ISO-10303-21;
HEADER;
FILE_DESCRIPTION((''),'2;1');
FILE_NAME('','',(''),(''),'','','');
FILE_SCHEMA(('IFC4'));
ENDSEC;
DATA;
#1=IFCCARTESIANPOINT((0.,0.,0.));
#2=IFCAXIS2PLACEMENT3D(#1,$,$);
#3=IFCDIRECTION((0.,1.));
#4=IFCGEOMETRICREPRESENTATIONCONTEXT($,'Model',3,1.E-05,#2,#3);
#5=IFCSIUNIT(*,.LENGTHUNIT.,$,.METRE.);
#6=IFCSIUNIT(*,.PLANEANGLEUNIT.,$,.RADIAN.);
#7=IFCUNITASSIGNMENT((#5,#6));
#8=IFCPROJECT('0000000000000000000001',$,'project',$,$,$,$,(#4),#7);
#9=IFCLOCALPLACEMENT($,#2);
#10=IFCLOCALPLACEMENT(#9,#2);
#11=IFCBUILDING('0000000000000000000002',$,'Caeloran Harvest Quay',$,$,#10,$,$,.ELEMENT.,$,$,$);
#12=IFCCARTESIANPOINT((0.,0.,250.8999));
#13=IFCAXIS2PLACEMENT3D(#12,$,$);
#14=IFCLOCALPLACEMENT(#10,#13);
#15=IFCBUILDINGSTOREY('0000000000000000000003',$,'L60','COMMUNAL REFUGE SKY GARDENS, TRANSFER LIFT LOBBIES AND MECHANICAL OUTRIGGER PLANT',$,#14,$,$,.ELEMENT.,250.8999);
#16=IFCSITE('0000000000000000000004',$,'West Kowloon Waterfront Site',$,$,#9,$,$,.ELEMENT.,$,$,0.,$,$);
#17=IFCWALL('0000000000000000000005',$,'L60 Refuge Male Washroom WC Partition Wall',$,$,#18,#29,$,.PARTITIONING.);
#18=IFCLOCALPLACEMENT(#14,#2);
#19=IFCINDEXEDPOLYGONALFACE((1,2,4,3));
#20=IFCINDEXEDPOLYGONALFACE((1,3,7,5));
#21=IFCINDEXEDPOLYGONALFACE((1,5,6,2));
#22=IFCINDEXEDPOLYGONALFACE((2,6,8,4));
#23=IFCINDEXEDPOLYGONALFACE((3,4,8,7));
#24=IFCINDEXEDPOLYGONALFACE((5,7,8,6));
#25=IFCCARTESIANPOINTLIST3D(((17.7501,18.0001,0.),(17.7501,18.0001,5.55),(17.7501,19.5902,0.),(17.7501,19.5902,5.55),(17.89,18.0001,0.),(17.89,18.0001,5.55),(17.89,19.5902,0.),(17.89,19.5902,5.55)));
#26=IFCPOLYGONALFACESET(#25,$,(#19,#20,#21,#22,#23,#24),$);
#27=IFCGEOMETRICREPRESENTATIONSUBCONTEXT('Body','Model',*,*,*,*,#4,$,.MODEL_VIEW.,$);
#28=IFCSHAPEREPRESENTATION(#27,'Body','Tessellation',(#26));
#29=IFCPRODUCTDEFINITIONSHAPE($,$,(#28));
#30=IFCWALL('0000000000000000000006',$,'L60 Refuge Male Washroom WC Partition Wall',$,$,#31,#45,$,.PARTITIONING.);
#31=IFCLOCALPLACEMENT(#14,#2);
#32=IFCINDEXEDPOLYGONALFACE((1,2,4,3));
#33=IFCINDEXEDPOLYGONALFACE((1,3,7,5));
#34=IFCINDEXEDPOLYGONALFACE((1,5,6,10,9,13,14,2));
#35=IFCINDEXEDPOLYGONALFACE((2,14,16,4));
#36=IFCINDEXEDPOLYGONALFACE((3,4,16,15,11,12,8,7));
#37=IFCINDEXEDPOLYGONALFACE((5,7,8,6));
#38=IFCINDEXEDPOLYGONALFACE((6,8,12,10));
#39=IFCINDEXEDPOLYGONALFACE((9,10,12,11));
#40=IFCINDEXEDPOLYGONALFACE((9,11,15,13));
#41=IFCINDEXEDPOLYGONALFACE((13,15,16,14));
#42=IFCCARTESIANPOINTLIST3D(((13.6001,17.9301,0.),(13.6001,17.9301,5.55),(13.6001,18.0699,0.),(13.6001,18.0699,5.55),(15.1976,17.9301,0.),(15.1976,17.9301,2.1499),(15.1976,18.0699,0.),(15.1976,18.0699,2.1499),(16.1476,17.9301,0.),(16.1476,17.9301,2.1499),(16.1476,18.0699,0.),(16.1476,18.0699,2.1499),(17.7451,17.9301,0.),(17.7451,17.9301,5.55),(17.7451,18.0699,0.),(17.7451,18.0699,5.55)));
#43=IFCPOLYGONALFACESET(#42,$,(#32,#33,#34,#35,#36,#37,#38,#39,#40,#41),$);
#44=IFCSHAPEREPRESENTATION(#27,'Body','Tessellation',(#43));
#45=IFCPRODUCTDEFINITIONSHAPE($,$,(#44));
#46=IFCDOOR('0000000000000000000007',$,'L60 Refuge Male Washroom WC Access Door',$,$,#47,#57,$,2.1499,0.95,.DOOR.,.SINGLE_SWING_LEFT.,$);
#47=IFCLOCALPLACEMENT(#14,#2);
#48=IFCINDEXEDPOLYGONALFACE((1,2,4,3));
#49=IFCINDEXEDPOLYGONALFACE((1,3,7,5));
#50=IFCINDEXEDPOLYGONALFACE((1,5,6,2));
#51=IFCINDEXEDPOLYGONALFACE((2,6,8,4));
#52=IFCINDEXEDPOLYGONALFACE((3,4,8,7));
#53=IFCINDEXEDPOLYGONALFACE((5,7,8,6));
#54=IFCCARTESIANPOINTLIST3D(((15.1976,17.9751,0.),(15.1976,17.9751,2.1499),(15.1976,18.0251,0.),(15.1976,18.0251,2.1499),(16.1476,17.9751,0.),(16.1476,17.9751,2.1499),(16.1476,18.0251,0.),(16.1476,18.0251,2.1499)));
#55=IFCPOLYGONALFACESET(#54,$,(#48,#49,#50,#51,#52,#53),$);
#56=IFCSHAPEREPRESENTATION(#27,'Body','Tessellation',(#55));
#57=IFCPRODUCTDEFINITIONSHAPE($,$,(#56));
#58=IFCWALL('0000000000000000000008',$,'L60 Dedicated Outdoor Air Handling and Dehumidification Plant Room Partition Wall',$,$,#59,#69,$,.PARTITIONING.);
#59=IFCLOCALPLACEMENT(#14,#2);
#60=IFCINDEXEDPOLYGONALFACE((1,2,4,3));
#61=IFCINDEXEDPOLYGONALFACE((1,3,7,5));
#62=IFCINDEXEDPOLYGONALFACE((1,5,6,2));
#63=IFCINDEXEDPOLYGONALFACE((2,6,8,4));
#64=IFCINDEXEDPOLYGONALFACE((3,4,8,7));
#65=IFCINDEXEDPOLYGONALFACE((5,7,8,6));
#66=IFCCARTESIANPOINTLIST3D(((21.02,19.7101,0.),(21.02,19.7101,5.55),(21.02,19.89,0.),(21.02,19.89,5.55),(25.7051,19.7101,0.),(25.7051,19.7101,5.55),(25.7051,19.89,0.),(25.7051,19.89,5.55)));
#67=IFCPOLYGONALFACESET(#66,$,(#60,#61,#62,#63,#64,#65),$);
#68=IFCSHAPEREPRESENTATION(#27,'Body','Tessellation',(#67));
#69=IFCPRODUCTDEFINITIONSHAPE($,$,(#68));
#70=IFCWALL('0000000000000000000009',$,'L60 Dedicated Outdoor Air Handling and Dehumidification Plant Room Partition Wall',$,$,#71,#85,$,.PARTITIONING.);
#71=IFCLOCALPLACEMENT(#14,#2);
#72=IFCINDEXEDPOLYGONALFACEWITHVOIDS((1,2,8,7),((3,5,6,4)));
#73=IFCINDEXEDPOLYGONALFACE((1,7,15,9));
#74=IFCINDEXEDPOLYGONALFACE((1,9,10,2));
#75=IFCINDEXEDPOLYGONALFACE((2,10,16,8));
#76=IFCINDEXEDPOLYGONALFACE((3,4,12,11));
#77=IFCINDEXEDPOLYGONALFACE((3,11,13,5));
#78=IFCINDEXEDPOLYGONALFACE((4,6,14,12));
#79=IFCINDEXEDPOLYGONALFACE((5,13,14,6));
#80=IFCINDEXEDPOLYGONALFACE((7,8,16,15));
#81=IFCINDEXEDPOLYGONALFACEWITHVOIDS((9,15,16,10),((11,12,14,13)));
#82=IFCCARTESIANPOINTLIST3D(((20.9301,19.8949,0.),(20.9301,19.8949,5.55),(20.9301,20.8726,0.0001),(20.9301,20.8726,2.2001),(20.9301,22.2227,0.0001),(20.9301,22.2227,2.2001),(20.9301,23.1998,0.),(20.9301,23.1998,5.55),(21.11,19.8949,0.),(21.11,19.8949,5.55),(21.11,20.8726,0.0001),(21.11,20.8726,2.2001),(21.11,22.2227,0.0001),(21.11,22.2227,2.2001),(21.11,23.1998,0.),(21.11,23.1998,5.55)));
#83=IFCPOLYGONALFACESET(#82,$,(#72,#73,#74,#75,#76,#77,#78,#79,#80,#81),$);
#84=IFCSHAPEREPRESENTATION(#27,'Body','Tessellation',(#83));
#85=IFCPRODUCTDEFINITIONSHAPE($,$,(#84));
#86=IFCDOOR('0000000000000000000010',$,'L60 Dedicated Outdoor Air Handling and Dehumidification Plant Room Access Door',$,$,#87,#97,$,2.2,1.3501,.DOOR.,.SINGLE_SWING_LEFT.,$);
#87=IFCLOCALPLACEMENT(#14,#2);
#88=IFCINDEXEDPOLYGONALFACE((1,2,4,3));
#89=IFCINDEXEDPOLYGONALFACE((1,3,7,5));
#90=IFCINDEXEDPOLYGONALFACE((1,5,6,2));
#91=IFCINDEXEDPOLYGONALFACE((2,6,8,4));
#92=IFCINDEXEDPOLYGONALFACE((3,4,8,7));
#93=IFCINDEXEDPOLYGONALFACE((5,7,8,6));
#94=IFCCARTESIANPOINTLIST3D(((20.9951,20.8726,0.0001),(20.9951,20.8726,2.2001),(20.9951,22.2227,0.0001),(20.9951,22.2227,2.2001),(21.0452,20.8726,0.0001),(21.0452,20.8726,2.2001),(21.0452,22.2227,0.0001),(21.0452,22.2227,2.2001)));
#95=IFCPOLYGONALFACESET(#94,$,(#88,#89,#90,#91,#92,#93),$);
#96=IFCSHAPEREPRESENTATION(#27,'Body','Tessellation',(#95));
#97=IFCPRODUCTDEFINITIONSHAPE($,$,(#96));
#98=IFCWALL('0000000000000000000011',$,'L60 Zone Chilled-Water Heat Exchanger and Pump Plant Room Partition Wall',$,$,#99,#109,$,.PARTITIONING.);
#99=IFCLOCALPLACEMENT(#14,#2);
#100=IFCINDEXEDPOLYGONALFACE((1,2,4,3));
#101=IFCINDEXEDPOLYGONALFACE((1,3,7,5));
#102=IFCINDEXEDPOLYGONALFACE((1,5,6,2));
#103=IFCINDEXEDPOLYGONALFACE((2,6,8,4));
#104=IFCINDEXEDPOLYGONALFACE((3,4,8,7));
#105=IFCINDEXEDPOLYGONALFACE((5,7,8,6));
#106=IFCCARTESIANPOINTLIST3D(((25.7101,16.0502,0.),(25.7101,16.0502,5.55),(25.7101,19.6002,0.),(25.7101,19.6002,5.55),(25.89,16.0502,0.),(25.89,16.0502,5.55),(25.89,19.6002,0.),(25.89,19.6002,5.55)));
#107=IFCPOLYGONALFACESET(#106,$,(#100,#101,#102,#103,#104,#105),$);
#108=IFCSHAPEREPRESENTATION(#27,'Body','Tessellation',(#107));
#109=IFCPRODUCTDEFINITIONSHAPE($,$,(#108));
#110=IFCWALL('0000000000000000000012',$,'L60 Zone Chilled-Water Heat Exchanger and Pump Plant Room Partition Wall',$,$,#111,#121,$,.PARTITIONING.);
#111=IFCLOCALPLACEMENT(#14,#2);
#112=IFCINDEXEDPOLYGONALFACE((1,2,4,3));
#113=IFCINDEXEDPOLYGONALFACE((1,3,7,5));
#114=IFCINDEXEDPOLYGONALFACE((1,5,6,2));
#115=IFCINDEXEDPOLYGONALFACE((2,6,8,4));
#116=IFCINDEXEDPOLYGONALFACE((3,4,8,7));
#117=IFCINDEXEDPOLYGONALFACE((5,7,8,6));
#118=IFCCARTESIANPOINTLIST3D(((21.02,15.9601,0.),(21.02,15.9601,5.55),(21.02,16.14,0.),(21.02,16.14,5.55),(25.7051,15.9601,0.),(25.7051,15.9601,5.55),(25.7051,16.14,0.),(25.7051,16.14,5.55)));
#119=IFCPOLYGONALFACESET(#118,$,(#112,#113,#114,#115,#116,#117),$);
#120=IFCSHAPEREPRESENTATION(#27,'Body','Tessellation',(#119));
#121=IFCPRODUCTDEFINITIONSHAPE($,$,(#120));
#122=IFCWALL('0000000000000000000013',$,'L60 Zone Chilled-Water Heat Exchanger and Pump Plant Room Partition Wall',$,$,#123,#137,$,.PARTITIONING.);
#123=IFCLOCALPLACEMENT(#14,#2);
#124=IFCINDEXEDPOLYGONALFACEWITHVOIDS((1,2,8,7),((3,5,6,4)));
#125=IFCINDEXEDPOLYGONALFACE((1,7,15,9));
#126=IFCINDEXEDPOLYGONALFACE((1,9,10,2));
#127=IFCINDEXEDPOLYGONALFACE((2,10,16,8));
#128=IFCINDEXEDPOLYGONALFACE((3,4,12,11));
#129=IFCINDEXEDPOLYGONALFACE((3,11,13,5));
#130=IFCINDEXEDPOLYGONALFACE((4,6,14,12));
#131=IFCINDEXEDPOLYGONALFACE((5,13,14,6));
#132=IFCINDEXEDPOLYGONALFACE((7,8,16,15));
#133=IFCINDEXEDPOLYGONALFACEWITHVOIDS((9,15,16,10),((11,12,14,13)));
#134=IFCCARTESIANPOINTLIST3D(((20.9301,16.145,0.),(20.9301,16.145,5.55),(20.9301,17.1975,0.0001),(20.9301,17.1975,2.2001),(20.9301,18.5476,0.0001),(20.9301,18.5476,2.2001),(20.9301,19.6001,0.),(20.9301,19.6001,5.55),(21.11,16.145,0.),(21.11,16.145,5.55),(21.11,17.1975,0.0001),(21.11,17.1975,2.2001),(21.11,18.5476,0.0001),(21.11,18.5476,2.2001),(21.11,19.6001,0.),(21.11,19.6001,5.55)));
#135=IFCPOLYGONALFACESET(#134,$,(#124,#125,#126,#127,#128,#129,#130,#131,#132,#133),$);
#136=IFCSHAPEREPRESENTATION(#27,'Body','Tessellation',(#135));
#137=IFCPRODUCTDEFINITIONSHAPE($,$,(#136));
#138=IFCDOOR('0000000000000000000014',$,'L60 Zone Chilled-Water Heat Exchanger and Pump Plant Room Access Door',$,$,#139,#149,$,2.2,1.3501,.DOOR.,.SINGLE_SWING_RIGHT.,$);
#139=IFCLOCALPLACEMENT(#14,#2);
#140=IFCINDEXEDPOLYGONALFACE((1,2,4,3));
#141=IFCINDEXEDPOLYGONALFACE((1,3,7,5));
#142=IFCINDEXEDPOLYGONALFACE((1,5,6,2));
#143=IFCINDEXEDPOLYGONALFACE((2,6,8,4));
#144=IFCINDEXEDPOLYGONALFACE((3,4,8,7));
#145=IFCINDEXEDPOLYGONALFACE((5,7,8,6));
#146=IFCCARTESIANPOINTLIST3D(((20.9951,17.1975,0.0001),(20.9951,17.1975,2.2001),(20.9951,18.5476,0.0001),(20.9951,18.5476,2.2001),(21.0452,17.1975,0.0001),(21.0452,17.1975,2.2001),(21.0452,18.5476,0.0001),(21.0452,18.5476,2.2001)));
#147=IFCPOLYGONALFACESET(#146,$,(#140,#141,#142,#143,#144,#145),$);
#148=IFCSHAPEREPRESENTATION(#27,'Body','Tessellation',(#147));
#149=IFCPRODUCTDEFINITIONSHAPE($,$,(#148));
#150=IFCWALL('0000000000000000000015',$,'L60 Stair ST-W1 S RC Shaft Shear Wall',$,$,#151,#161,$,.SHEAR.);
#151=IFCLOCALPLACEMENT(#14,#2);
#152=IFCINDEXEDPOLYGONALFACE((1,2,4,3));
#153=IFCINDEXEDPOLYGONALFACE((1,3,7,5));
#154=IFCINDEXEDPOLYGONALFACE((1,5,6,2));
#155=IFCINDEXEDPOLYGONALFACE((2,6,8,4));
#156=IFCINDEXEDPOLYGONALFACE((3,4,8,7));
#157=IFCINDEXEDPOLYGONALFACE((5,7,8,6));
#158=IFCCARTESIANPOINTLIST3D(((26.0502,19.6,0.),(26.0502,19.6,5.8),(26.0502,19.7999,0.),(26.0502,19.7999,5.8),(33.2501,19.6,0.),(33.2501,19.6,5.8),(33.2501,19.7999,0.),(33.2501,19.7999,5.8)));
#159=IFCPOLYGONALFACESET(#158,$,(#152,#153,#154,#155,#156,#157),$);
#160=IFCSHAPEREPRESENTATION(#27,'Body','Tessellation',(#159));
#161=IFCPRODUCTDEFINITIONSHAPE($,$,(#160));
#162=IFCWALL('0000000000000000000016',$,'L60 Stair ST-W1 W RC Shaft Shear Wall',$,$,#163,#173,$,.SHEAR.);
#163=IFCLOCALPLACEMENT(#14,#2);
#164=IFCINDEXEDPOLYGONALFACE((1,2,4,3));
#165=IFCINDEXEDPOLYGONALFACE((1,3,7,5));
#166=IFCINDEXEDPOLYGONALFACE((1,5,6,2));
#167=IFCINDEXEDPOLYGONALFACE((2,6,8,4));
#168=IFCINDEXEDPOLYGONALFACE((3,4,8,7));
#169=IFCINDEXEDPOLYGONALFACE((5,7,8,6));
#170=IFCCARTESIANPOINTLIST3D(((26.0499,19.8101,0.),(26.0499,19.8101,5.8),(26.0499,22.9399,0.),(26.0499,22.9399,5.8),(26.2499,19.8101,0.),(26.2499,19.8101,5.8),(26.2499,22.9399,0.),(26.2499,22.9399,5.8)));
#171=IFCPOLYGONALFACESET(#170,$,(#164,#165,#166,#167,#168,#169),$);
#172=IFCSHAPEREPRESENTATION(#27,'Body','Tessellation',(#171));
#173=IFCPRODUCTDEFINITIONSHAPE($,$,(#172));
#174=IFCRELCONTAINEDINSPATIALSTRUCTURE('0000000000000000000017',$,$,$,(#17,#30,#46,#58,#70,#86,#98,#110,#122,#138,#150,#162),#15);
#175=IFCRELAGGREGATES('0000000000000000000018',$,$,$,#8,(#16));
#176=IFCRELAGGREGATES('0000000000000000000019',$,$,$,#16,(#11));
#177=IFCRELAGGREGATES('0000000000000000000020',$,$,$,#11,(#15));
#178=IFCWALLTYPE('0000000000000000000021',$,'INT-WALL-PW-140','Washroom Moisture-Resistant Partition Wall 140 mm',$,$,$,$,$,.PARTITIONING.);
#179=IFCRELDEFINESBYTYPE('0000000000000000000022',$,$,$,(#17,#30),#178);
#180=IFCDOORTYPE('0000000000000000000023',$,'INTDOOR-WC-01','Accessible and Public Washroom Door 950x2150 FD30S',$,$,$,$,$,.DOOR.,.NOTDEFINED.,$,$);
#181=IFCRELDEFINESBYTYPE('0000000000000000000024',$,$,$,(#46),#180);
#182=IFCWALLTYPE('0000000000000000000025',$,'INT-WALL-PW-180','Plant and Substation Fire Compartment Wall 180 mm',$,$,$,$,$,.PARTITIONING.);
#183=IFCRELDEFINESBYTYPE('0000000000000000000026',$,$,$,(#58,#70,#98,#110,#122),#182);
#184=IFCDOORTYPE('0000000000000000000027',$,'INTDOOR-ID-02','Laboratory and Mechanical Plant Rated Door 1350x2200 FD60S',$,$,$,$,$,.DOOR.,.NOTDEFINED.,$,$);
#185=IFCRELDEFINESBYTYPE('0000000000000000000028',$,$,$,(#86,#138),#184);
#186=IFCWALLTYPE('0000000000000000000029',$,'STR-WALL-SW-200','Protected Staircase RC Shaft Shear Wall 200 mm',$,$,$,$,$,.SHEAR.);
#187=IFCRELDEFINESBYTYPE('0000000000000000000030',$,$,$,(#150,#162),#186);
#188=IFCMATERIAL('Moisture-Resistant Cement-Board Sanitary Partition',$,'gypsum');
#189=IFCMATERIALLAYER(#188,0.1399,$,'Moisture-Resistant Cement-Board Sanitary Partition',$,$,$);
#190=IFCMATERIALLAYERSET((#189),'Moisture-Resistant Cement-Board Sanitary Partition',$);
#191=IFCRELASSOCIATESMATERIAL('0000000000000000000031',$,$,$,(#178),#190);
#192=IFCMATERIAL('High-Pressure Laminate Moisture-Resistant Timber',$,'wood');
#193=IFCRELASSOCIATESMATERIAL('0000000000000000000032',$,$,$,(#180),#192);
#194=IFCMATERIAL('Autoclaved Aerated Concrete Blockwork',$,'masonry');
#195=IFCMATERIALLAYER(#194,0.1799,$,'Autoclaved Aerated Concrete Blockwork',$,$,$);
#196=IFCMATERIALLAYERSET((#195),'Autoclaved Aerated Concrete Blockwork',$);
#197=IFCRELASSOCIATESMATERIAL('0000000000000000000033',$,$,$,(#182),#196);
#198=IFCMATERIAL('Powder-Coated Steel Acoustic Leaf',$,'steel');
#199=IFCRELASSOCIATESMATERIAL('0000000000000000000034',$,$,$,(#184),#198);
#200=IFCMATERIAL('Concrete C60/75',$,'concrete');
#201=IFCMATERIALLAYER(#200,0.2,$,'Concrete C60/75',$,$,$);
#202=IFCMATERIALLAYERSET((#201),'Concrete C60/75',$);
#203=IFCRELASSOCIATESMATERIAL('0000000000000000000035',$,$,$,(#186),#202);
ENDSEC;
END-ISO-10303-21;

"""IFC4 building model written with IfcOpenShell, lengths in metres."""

from ifc_helpers import new_model, si_unit, direction, frame, frame_2d, origin, place, context, subcontext, project, spatial, rectangle, extrude, material, layer, layer_set, type_object, element, fill, save


model = new_model("IFC4")

# Units and contexts
model_context = context("Model", 3, precision=1e-05, world=origin(), true_north=direction((0.0, 1.0)))
body_context = subcontext(model_context, "Body", "Model", "MODEL_VIEW")
ifc_project = project(units=[si_unit("LENGTHUNIT", "METRE"), si_unit("PLANEANGLEUNIT", "RADIAN")], contexts=[model_context])

# Site, building, storey
site_placement = place(None, origin())
site = spatial("IfcSite", under=ifc_project, at=site_placement, Name="West Kowloon Waterfront Site", CompositionType="ELEMENT", RefElevation=0.0)
building_placement = place(site_placement, origin())
building = spatial("IfcBuilding", under=site, at=building_placement, Name="Caeloran Harvest Quay", CompositionType="ELEMENT")
storey_placement = place(building_placement, frame((0.0, 0.0, 250.8999)))
storey = spatial("IfcBuildingStorey", under=building, at=storey_placement, Name="L60", Description="COMMUNAL REFUGE SKY GARDENS, TRANSFER LIFT LOBBIES AND MECHANICAL OUTRIGGER PLANT", CompositionType="ELEMENT", Elevation=250.8999)

# Wall
ifc_material_1 = material(Name="Moisture-Resistant Cement-Board Sanitary Partition", Category="gypsum")
ifc_layer_1 = layer(ifc_material_1, 0.1399, Name="Moisture-Resistant Cement-Board Sanitary Partition")
ifc_layer_set_1 = layer_set([ifc_layer_1], Name="Moisture-Resistant Cement-Board Sanitary Partition")
wall_type_1 = type_object("IfcWallType", Name="INT-WALL-PW-140", Description="Washroom Moisture-Resistant Partition Wall 140 mm", PredefinedType="PARTITIONING", material=ifc_layer_set_1)
wall_1_placement = place(storey_placement, frame((17.8201, 19.5901, 0.0), z_axis=(0.0, 0.0, 1.0), x_axis=(0.0, -1.0, 0.0)))
element("IfcWall", 1, at=wall_1_placement, inside=storey, type_object=wall_type_1, Name="L60 Refuge Male Washroom WC Partition Wall", PredefinedType="PARTITIONING", context=body_context, shape_type="SweptSolid", body=[
    extrude(rectangle(XDim=1.5901, YDim=0.1399, at=frame_2d((0.7949, 0.0))), origin(), (0.0, 0.0, 1.0), 5.55),
])

# Wall, opening, door
wall_2_placement = place(storey_placement, frame((17.7451, 18.0, 0.0), z_axis=(0.0, 0.0, 1.0), x_axis=(-1.0, 0.0, 0.0)))
wall_2 = element("IfcWall", 2, at=wall_2_placement, inside=storey, type_object=wall_type_1, Name="L60 Refuge Male Washroom WC Partition Wall", PredefinedType="PARTITIONING", context=body_context, shape_type="SweptSolid", body=[
    extrude(rectangle(XDim=4.145, YDim=0.1399, at=frame_2d((2.0725, 0.0))), origin(), (0.0, 0.0, 1.0), 5.55),
])
opening_1_placement = place(wall_2_placement, frame((1.5974, 0.0, 0.0)))
opening_1 = element("IfcOpeningElement", 3, at=opening_1_placement, cuts=wall_2, PredefinedType="OPENING", context=body_context, shape_type="SweptSolid", body=[
    extrude(rectangle(XDim=0.95, YDim=2.1499, at=frame_2d((0.4751, 1.075))), frame((0.0, 0.0801, 0.0), z_axis=(0.0, -1.0, 0.0), x_axis=(1.0, 0.0, 0.0)), (0.0, 0.0, 1.0), 0.1599),
])
ifc_material_2 = material(Name="High-Pressure Laminate Moisture-Resistant Timber", Category="wood")
door_type_1 = type_object("IfcDoorType", Name="INTDOOR-WC-01", Description="Accessible and Public Washroom Door 950x2150 FD30S", OperationType="NOTDEFINED", PredefinedType="DOOR", material=ifc_material_2)
door_1_placement = place(opening_1_placement, origin())
door_1 = element("IfcDoor", 4, at=door_1_placement, inside=storey, type_object=door_type_1, Name="L60 Refuge Male Washroom WC Access Door", OperationType="SINGLE_SWING_LEFT", OverallHeight=2.1499, OverallWidth=0.95, PredefinedType="DOOR", context=body_context, shape_type="SweptSolid", body=[
    extrude(rectangle(XDim=0.95, YDim=2.1499, at=frame_2d((0.4751, 1.075))), frame((0.0, 0.0249, 0.0), z_axis=(0.0, -1.0, 0.0), x_axis=(1.0, 0.0, 0.0)), (0.0, 0.0, 1.0), 0.05),
])
fill(opening_1, door_1)

# Wall
ifc_material_3 = material(Name="Autoclaved Aerated Concrete Blockwork", Category="masonry")
ifc_layer_2 = layer(ifc_material_3, 0.1799, Name="Autoclaved Aerated Concrete Blockwork")
ifc_layer_set_2 = layer_set([ifc_layer_2], Name="Autoclaved Aerated Concrete Blockwork")
wall_type_2 = type_object("IfcWallType", Name="INT-WALL-PW-180", Description="Plant and Substation Fire Compartment Wall 180 mm", PredefinedType="PARTITIONING", material=ifc_layer_set_2)
wall_3_placement = place(storey_placement, frame((25.7051, 19.8, 0.0), z_axis=(0.0, 0.0, 1.0), x_axis=(-1.0, 0.0, 0.0)))
element("IfcWall", 5, at=wall_3_placement, inside=storey, type_object=wall_type_2, Name="L60 Dedicated Outdoor Air Handling and Dehumidification Plant Room Partition Wall", PredefinedType="PARTITIONING", context=body_context, shape_type="SweptSolid", body=[
    extrude(rectangle(XDim=4.6851, YDim=0.1799, at=frame_2d((2.3425, 0.0))), origin(), (0.0, 0.0, 1.0), 5.55),
])

# Wall, opening, door
wall_4_placement = place(storey_placement, frame((21.02, 19.895, 0.0), z_axis=(0.0, 0.0, 1.0), x_axis=(0.0, 1.0, 0.0)))
wall_4 = element("IfcWall", 6, at=wall_4_placement, inside=storey, type_object=wall_type_2, Name="L60 Dedicated Outdoor Air Handling and Dehumidification Plant Room Partition Wall", PredefinedType="PARTITIONING", context=body_context, shape_type="SweptSolid", body=[
    extrude(rectangle(XDim=3.3049, YDim=0.1799, at=frame_2d((1.6523, 0.0))), origin(), (0.0, 0.0, 1.0), 5.55),
])
opening_2_placement = place(wall_4_placement, frame((0.9775, 0.0, 0.0)))
opening_2 = element("IfcOpeningElement", 7, at=opening_2_placement, cuts=wall_4, PredefinedType="OPENING", context=body_context, shape_type="SweptSolid", body=[
    extrude(rectangle(XDim=1.3501, YDim=2.2, at=frame_2d((0.675, 1.1001))), frame((0.0, 0.1001, 0.0), z_axis=(0.0, -1.0, 0.0), x_axis=(1.0, 0.0, 0.0)), (0.0, 0.0, 1.0), 0.2),
])
ifc_material_4 = material(Name="Powder-Coated Steel Acoustic Leaf", Category="steel")
door_type_2 = type_object("IfcDoorType", Name="INTDOOR-ID-02", Description="Laboratory and Mechanical Plant Rated Door 1350x2200 FD60S", OperationType="NOTDEFINED", PredefinedType="DOOR", material=ifc_material_4)
door_2_placement = place(opening_2_placement, origin())
door_2 = element("IfcDoor", 8, at=door_2_placement, inside=storey, type_object=door_type_2, Name="L60 Dedicated Outdoor Air Handling and Dehumidification Plant Room Access Door", OperationType="SINGLE_SWING_LEFT", OverallHeight=2.2, OverallWidth=1.3501, PredefinedType="DOOR", context=body_context, shape_type="SweptSolid", body=[
    extrude(rectangle(XDim=1.3501, YDim=2.2, at=frame_2d((0.675, 1.1001))), frame((0.0, 0.0249, 0.0), z_axis=(0.0, -1.0, 0.0), x_axis=(1.0, 0.0, 0.0)), (0.0, 0.0, 1.0), 0.05),
])
fill(opening_2, door_2)

# Walls
wall_5_placement = place(storey_placement, frame((25.8, 19.6001, 0.0), z_axis=(0.0, 0.0, 1.0), x_axis=(0.0, -1.0, 0.0)))
element("IfcWall", 9, at=wall_5_placement, inside=storey, type_object=wall_type_2, Name="L60 Zone Chilled-Water Heat Exchanger and Pump Plant Room Partition Wall", PredefinedType="PARTITIONING", context=body_context, shape_type="SweptSolid", body=[
    extrude(rectangle(XDim=3.55, YDim=0.1799, at=frame_2d((1.7749, 0.0))), origin(), (0.0, 0.0, 1.0), 5.55),
])
wall_6_placement = place(storey_placement, frame((25.7051, 16.05, 0.0), z_axis=(0.0, 0.0, 1.0), x_axis=(-1.0, 0.0, 0.0)))
element("IfcWall", 10, at=wall_6_placement, inside=storey, type_object=wall_type_2, Name="L60 Zone Chilled-Water Heat Exchanger and Pump Plant Room Partition Wall", PredefinedType="PARTITIONING", context=body_context, shape_type="SweptSolid", body=[
    extrude(rectangle(XDim=4.6851, YDim=0.1799, at=frame_2d((2.3425, 0.0))), origin(), (0.0, 0.0, 1.0), 5.55),
])

# Wall, opening, door
wall_7_placement = place(storey_placement, frame((21.02, 16.145, 0.0), z_axis=(0.0, 0.0, 1.0), x_axis=(0.0, 1.0, 0.0)))
wall_7 = element("IfcWall", 11, at=wall_7_placement, inside=storey, type_object=wall_type_2, Name="L60 Zone Chilled-Water Heat Exchanger and Pump Plant Room Partition Wall", PredefinedType="PARTITIONING", context=body_context, shape_type="SweptSolid", body=[
    extrude(rectangle(XDim=3.4551, YDim=0.1799, at=frame_2d((1.7275, 0.0))), origin(), (0.0, 0.0, 1.0), 5.55),
])
opening_3_placement = place(wall_7_placement, frame((1.0525, 0.0, 0.0)))
opening_3 = element("IfcOpeningElement", 12, at=opening_3_placement, cuts=wall_7, PredefinedType="OPENING", context=body_context, shape_type="SweptSolid", body=[
    extrude(rectangle(XDim=1.3501, YDim=2.2, at=frame_2d((0.675, 1.1001))), frame((0.0, 0.1001, 0.0), z_axis=(0.0, -1.0, 0.0), x_axis=(1.0, 0.0, 0.0)), (0.0, 0.0, 1.0), 0.2),
])
door_3_placement = place(opening_3_placement, origin())
door_3 = element("IfcDoor", 13, at=door_3_placement, inside=storey, type_object=door_type_2, Name="L60 Zone Chilled-Water Heat Exchanger and Pump Plant Room Access Door", OperationType="SINGLE_SWING_RIGHT", OverallHeight=2.2, OverallWidth=1.3501, PredefinedType="DOOR", context=body_context, shape_type="SweptSolid", body=[
    extrude(rectangle(XDim=1.3501, YDim=2.2, at=frame_2d((0.675, 1.1001))), frame((0.0, 0.0249, 0.0), z_axis=(0.0, -1.0, 0.0), x_axis=(1.0, 0.0, 0.0)), (0.0, 0.0, 1.0), 0.05),
])
fill(opening_3, door_3)

# Walls
ifc_material_5 = material(Name="Concrete C60/75", Category="concrete")
ifc_layer_3 = layer(ifc_material_5, 0.2, Name="Concrete C60/75")
ifc_layer_set_3 = layer_set([ifc_layer_3], Name="Concrete C60/75")
wall_type_3 = type_object("IfcWallType", Name="STR-WALL-SW-200", Description="Protected Staircase RC Shaft Shear Wall 200 mm", PredefinedType="SHEAR", material=ifc_layer_set_3)
wall_8_placement = place(storey_placement, frame((26.05, 19.7, 0.0), z_axis=(0.0, 0.0, 1.0), x_axis=(1.0, 0.0, 0.0)))
element("IfcWall", 14, at=wall_8_placement, inside=storey, type_object=wall_type_3, Name="L60 Stair ST-W1 S RC Shaft Shear Wall", PredefinedType="SHEAR", context=body_context, shape_type="SweptSolid", body=[
    extrude(rectangle(XDim=7.2, YDim=0.2, at=frame_2d((3.6001, 0.0))), origin(), (0.0, 0.0, 1.0), 5.8),
])
for number, where, z_axis, x_axis, name in (
    (15, (26.1499, 19.8101, 0.0), (0.0, 0.0, 1.0), (0.0, 1.0, 0.0), "L60 Stair ST-W1 W RC Shaft Shear Wall"),
):
    element("IfcWall", number, at=place(storey_placement, frame(where, z_axis=z_axis, x_axis=x_axis)), inside=storey, type_object=wall_type_3, Name=name, PredefinedType="SHEAR", context=body_context, shape_type="SweptSolid", body=[
        extrude(rectangle(XDim=3.1299, YDim=0.2, at=frame_2d((1.5649, 0.0))), origin(), (0.0, 0.0, 1.0), 5.8),
    ])

save(model, "model.ifc")
